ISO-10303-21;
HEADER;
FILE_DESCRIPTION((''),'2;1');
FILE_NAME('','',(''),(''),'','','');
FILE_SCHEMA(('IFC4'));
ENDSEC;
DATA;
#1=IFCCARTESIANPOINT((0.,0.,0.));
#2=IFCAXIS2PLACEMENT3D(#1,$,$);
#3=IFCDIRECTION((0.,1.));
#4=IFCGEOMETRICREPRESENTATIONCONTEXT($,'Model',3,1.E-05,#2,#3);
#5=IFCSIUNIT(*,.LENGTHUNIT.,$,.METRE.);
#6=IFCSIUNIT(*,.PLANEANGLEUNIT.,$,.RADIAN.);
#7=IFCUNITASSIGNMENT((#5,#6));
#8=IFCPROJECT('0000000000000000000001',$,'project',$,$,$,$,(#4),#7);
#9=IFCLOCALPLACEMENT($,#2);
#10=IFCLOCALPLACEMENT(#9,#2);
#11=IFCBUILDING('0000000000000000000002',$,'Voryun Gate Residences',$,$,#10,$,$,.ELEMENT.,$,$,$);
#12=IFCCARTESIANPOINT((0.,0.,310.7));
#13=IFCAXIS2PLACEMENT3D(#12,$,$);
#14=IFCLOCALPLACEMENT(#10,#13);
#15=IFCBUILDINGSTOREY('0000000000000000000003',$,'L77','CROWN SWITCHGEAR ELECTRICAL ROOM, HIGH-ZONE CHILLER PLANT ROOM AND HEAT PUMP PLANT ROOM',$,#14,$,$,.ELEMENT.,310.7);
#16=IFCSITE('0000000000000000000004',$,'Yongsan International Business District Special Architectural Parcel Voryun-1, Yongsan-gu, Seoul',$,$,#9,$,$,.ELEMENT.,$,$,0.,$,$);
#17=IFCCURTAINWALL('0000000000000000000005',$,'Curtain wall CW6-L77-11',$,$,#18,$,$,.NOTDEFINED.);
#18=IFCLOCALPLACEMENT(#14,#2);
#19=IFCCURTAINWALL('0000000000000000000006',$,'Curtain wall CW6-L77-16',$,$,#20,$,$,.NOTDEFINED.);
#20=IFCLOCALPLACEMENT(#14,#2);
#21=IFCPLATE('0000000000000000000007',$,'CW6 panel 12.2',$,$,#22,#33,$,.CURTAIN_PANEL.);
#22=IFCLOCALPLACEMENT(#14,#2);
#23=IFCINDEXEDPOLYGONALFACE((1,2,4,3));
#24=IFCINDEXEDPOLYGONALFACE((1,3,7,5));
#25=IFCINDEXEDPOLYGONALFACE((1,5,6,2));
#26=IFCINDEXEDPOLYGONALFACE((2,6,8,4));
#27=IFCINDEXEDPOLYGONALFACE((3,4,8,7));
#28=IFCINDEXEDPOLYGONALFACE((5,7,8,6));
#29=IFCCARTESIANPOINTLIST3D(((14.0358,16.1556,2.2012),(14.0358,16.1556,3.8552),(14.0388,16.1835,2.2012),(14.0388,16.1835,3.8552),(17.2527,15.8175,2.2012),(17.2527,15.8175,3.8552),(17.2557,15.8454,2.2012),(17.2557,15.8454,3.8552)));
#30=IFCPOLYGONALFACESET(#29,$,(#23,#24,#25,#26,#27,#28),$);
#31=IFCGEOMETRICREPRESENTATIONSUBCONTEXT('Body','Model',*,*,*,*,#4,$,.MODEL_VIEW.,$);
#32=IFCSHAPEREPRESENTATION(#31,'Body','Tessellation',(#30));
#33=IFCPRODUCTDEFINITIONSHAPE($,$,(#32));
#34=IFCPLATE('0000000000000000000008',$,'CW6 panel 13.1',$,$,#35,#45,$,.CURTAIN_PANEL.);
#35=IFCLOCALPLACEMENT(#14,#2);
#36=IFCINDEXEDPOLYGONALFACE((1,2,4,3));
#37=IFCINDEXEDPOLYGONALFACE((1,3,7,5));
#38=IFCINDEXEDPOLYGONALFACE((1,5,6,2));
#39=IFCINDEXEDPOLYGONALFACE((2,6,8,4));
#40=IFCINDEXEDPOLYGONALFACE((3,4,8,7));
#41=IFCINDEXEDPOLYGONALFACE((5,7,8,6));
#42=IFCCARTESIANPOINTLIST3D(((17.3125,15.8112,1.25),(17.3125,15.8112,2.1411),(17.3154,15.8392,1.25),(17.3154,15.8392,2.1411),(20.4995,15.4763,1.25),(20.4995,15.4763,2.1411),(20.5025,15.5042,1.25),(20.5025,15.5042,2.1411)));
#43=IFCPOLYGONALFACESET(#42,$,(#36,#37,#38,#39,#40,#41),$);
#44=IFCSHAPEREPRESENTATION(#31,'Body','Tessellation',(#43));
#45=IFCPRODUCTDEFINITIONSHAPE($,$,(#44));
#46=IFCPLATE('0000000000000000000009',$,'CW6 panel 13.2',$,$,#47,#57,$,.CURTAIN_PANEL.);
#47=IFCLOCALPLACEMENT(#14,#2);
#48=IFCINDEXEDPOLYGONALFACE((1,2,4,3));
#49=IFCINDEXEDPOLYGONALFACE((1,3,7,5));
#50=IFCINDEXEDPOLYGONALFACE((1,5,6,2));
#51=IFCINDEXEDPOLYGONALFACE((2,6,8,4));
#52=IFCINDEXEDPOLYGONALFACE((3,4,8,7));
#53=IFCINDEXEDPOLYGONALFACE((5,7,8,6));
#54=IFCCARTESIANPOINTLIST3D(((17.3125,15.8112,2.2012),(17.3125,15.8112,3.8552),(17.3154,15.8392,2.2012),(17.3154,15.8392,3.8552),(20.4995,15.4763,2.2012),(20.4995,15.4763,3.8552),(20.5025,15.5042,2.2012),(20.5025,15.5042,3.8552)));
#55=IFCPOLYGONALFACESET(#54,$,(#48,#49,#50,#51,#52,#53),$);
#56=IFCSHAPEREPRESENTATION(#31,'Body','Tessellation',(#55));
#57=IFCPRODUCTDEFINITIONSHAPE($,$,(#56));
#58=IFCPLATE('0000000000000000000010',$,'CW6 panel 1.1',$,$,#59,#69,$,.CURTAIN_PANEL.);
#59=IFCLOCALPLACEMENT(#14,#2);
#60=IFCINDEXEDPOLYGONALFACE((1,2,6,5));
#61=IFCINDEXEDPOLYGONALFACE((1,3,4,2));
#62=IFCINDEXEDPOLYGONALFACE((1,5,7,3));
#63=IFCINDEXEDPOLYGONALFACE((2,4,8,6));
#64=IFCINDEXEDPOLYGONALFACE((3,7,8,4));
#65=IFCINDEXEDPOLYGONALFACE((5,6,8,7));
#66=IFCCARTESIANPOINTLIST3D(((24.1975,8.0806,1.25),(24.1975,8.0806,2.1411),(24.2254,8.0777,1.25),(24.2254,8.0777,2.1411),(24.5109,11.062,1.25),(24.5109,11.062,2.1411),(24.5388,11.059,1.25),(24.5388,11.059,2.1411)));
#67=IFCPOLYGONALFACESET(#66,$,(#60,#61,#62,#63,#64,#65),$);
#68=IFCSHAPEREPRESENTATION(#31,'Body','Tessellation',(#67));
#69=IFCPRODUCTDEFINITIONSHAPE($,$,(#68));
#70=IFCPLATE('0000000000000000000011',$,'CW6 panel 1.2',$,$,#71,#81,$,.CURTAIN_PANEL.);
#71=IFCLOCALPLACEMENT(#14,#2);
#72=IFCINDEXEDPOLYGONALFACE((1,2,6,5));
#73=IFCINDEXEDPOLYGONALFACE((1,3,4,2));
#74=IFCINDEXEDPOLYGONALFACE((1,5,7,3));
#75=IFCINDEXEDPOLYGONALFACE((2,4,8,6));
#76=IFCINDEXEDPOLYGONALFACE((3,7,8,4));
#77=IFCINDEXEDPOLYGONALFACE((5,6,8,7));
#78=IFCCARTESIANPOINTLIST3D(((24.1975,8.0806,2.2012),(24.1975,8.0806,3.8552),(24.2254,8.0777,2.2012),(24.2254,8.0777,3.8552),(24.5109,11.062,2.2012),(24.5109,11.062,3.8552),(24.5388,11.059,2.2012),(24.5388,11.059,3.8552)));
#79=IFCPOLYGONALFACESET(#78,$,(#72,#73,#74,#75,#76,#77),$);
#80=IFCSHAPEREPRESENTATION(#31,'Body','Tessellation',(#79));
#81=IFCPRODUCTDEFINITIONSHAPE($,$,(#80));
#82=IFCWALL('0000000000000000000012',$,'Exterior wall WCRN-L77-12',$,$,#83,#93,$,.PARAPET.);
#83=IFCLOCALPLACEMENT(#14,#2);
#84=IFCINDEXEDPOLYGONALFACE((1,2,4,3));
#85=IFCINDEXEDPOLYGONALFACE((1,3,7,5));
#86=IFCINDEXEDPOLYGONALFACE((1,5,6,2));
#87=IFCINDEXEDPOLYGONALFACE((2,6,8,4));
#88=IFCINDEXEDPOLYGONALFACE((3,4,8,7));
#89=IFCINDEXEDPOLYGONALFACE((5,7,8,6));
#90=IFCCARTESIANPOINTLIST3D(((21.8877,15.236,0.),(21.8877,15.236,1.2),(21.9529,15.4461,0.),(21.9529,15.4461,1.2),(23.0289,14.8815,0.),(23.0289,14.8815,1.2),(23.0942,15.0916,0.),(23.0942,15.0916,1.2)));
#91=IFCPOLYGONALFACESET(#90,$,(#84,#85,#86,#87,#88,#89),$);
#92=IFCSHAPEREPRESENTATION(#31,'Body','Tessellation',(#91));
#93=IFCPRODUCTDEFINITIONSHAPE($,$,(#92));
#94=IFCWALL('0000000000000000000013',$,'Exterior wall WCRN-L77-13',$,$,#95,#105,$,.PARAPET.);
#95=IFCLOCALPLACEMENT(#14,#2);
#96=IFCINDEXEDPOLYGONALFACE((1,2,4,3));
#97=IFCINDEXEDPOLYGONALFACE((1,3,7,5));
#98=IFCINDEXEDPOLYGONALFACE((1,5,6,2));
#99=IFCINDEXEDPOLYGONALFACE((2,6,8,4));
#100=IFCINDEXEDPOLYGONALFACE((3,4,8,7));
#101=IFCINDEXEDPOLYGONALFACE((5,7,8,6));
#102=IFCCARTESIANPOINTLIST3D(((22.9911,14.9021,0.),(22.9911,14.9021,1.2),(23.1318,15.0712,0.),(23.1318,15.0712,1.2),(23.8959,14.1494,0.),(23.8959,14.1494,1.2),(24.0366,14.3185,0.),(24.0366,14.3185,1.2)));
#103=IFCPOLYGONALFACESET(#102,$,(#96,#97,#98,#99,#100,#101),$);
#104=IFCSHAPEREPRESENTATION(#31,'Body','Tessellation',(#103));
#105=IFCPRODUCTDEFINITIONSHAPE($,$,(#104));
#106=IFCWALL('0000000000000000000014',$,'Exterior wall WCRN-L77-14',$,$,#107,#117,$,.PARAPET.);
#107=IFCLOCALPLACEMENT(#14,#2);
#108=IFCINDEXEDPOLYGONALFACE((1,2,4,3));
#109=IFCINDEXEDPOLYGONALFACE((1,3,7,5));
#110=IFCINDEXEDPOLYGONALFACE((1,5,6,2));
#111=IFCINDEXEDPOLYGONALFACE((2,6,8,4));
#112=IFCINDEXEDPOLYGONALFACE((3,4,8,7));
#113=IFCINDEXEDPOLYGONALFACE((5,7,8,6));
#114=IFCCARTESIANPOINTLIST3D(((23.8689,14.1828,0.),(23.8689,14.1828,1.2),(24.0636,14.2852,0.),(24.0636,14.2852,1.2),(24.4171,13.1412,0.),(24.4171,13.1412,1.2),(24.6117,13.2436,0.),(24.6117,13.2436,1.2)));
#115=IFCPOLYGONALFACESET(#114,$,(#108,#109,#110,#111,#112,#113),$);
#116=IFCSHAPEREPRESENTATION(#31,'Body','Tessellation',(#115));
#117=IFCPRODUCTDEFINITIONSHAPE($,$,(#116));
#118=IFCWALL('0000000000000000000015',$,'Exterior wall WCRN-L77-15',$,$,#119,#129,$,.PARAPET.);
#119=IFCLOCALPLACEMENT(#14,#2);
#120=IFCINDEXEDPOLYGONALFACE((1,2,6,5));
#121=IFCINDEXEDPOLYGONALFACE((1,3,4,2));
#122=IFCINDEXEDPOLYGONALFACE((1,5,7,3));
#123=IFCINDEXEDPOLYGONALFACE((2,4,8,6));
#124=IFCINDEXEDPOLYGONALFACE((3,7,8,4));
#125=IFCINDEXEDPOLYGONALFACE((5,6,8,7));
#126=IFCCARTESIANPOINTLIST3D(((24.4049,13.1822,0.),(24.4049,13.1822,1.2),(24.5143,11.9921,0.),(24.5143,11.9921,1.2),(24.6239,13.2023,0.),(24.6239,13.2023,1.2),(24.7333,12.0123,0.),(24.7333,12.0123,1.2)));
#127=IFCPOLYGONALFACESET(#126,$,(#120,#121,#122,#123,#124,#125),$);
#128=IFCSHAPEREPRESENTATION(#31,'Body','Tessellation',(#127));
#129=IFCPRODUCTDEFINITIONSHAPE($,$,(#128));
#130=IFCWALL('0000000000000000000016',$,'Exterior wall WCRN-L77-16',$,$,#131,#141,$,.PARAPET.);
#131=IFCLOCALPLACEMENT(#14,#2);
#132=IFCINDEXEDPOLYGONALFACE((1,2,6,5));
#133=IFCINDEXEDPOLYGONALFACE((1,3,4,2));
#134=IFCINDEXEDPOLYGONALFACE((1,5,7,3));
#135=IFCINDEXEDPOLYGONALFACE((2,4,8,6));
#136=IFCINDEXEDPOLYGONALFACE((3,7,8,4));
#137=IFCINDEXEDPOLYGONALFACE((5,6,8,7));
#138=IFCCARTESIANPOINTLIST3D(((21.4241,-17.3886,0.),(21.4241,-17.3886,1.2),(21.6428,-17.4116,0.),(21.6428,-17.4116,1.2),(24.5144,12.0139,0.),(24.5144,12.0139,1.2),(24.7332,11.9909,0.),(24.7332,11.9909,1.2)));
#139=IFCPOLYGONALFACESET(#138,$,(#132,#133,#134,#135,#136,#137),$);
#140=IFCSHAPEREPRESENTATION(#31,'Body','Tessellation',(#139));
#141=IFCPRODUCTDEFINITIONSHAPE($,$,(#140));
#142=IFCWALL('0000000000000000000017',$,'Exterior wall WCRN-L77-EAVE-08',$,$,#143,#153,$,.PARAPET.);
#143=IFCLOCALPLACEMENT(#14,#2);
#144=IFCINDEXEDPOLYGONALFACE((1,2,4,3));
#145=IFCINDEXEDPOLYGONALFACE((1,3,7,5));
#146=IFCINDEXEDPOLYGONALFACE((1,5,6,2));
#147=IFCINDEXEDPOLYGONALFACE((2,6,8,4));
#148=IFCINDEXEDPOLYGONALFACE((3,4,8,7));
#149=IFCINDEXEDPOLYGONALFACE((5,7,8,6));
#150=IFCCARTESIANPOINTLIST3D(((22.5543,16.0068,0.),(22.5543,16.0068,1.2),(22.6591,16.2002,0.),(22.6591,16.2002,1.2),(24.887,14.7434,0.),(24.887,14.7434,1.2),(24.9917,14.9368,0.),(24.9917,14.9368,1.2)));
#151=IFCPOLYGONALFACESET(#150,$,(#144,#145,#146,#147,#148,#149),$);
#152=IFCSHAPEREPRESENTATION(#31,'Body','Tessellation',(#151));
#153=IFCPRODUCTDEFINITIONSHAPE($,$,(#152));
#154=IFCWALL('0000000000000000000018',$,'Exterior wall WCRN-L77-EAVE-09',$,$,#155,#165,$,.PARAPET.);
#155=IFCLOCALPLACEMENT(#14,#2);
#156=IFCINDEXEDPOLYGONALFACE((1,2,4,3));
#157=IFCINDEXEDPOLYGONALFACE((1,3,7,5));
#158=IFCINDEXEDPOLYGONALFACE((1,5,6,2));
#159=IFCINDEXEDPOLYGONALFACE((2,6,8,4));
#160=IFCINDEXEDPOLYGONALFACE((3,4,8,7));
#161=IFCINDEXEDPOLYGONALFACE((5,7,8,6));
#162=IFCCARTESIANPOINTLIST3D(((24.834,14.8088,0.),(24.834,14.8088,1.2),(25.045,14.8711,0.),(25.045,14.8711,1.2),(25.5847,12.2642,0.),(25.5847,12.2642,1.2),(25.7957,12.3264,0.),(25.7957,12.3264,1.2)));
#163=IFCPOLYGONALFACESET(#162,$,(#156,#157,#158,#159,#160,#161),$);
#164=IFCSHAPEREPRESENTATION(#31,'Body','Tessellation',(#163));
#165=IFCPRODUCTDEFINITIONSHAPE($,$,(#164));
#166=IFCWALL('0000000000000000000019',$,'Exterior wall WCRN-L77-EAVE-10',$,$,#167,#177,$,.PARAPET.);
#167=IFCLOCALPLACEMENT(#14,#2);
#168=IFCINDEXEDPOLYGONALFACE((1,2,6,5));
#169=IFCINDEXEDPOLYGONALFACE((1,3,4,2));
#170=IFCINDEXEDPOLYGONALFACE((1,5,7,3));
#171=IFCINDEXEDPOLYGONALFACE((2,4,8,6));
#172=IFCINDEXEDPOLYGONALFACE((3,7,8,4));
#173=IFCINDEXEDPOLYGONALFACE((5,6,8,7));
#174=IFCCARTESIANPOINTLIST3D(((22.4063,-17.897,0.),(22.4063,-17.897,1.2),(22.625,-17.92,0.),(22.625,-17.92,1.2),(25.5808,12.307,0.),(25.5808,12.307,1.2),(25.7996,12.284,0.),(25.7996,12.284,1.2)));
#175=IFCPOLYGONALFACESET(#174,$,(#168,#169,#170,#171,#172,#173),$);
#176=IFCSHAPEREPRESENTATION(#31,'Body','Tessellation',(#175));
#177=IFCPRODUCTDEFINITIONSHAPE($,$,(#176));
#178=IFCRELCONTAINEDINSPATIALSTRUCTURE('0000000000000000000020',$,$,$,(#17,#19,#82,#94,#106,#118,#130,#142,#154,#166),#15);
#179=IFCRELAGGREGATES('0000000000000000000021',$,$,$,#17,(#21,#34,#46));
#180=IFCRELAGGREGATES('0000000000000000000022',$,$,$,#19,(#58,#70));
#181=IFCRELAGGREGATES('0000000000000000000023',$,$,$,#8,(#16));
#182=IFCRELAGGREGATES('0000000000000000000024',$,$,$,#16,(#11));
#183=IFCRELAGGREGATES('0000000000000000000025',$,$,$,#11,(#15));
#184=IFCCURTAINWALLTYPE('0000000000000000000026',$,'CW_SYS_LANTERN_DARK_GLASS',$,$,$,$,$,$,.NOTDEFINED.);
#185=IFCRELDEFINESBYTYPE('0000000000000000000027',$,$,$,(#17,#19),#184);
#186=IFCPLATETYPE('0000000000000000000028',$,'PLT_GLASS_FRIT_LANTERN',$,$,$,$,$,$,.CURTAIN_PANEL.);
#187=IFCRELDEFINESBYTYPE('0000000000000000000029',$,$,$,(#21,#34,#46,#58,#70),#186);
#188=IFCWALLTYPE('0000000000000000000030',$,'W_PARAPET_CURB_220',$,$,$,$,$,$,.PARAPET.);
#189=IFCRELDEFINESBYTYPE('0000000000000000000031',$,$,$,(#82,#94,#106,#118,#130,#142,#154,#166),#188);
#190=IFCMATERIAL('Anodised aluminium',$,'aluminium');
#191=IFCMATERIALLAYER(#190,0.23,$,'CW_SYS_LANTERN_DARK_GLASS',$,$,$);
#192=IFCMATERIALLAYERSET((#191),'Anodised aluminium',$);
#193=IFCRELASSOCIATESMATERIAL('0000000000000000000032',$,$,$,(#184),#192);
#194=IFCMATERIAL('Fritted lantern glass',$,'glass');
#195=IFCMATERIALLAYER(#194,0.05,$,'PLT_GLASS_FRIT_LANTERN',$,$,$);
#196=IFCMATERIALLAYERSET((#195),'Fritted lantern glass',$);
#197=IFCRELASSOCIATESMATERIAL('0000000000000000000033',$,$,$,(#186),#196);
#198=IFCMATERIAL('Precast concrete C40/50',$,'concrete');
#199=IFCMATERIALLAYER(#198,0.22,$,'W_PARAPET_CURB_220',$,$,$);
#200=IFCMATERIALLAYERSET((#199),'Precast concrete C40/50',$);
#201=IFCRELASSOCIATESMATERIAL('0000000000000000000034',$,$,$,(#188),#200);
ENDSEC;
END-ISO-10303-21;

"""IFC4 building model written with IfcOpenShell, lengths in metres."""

from ifc_helpers import new_model, si_unit, direction, frame, frame_2d, origin, origin_2d, place, context, subcontext, project, spatial, rectangle, extrude, material, layer, layer_set, type_object, element, aggregate, save


model = new_model("IFC4")

# Units and contexts
model_context = context("Model", 3, precision=1e-05, world=origin(), true_north=direction((0.0, 1.0)))
body_context = subcontext(model_context, "Body", "Model", "MODEL_VIEW")
ifc_project = project(units=[si_unit("LENGTHUNIT", "METRE"), si_unit("PLANEANGLEUNIT", "RADIAN")], contexts=[model_context])

# Site, building, storey
site_placement = place(None, origin())
site = spatial("IfcSite", under=ifc_project, at=site_placement, Name="Yongsan International Business District Special Architectural Parcel Voryun-1, Yongsan-gu, Seoul", CompositionType="ELEMENT", RefElevation=0.0)
building_placement = place(site_placement, origin())
building = spatial("IfcBuilding", under=site, at=building_placement, Name="Voryun Gate Residences", CompositionType="ELEMENT")
storey_placement = place(building_placement, frame((0.0, 0.0, 310.7)))
storey = spatial("IfcBuildingStorey", under=building, at=storey_placement, Name="L77", Description="CROWN SWITCHGEAR ELECTRICAL ROOM, HIGH-ZONE CHILLER PLANT ROOM AND HEAT PUMP PLANT ROOM", CompositionType="ELEMENT", Elevation=310.7)

# Curtain walls
ifc_material_1 = material(Name="Anodised aluminium", Category="aluminium")
ifc_layer_1 = layer(ifc_material_1, 0.23, Name="CW_SYS_LANTERN_DARK_GLASS")
ifc_layer_set_1 = layer_set([ifc_layer_1], Name="Anodised aluminium")
curtain_wall_type = type_object("IfcCurtainWallType", Name="CW_SYS_LANTERN_DARK_GLASS", PredefinedType="NOTDEFINED", material=ifc_layer_set_1)
curtain_wall_1_placement = place(storey_placement, origin())
curtain_wall_1 = element("IfcCurtainWall", 1, at=curtain_wall_1_placement, inside=storey, type_object=curtain_wall_type, Name="Curtain wall CW6-L77-11", PredefinedType="NOTDEFINED")
curtain_wall_2_placement = place(storey_placement, origin())
curtain_wall_2 = element("IfcCurtainWall", 2, at=curtain_wall_2_placement, inside=storey, type_object=curtain_wall_type, Name="Curtain wall CW6-L77-16", PredefinedType="NOTDEFINED")

# Plates
ifc_material_2 = material(Name="Fritted lantern glass", Category="glass")
ifc_layer_2 = layer(ifc_material_2, 0.05, Name="PLT_GLASS_FRIT_LANTERN")
ifc_layer_set_2 = layer_set([ifc_layer_2], Name="Fritted lantern glass")
plate_type_1 = type_object("IfcPlateType", Name="PLT_GLASS_FRIT_LANTERN", PredefinedType="CURTAIN_PANEL", material=ifc_layer_set_2)
plate_1_placement = place(storey_placement, frame((15.6458, 16.0005, 2.2012), z_axis=(0.0, 0.0, 1.0), x_axis=(0.994522, -0.104528, 0.0)))
plate_1 = element("IfcPlate", 3, at=plate_1_placement, type_object=plate_type_1, Name="CW6 panel 12.2", PredefinedType="CURTAIN_PANEL", context=body_context, shape_type="SweptSolid", body=[
    extrude(rectangle(XDim=3.2346, YDim=0.0281, at=origin_2d()), origin(), (0.0, 0.0, 1.0), 1.6541),
])
plate_2_placement = place(storey_placement, frame((18.9075, 15.6577, 1.25), z_axis=(0.0, 0.0, 1.0), x_axis=(0.994522, -0.104528, 0.0)))
plate_2 = element("IfcPlate", 4, at=plate_2_placement, type_object=plate_type_1, Name="CW6 panel 13.1", PredefinedType="CURTAIN_PANEL", context=body_context, shape_type="SweptSolid", body=[
    extrude(rectangle(XDim=3.2046, YDim=0.0281, at=origin_2d()), origin(), (0.0, 0.0, 1.0), 0.8911),
])
plate_3_placement = place(storey_placement, frame((18.9075, 15.6577, 2.2012), z_axis=(0.0, 0.0, 1.0), x_axis=(0.994522, -0.104528, 0.0)))
plate_3 = element("IfcPlate", 5, at=plate_3_placement, type_object=plate_type_1, Name="CW6 panel 13.2", PredefinedType="CURTAIN_PANEL", context=body_context, shape_type="SweptSolid", body=[
    extrude(rectangle(XDim=3.2046, YDim=0.0281, at=origin_2d()), origin(), (0.0, 0.0, 1.0), 1.6541),
])
aggregate(curtain_wall_1, [plate_1, plate_2, plate_3])
plate_4_placement = place(storey_placement, frame((24.3682, 9.5698, 1.25), z_axis=(0.0, 0.0, 1.0), x_axis=(-0.104528, -0.994522, 0.0)))
plate_4 = element("IfcPlate", 6, at=plate_4_placement, type_object=plate_type_1, Name="CW6 panel 1.1", PredefinedType="CURTAIN_PANEL", context=body_context, shape_type="SweptSolid", body=[
    extrude(rectangle(XDim=2.9978, YDim=0.0281, at=origin_2d()), origin(), (0.0, 0.0, 1.0), 0.8911),
])
plate_5_placement = place(storey_placement, frame((24.3682, 9.5698, 2.2012), z_axis=(0.0, 0.0, 1.0), x_axis=(-0.104528, -0.994522, 0.0)))
plate_5 = element("IfcPlate", 7, at=plate_5_placement, type_object=plate_type_1, Name="CW6 panel 1.2", PredefinedType="CURTAIN_PANEL", context=body_context, shape_type="SweptSolid", body=[
    extrude(rectangle(XDim=2.9978, YDim=0.0281, at=origin_2d()), origin(), (0.0, 0.0, 1.0), 1.6541),
])
aggregate(curtain_wall_2, [plate_4, plate_5])

# Walls
ifc_material_3 = material(Name="Precast concrete C40/50", Category="concrete")
ifc_layer_3 = layer(ifc_material_3, 0.22, Name="W_PARAPET_CURB_220")
ifc_layer_set_3 = layer_set([ifc_layer_3], Name="Precast concrete C40/50")
wall_type = type_object("IfcWallType", Name="W_PARAPET_CURB_220", PredefinedType="PARAPET", material=ifc_layer_set_3)
wall_1_placement = place(storey_placement, frame((21.9202, 15.3411, 0.0), z_axis=(0.0, 0.0, 1.0), x_axis=(0.954998, -0.296611, 0.0)))
element("IfcWall", 8, at=wall_1_placement, inside=storey, type_object=wall_type, Name="Exterior wall WCRN-L77-12", PredefinedType="PARAPET", context=body_context, shape_type="SweptSolid", body=[
    extrude(rectangle(XDim=1.1951, YDim=0.22, at=frame_2d((0.5977, 0.0))), origin(), (0.0, 0.0, 1.0), 1.2),
])
for number, where, z_axis, x_axis, name in (
    (9, (23.0615, 14.9866, 0.0), (0.0, 0.0, 1.0), (0.768765, -0.639531, 0.0), "Exterior wall WCRN-L77-13"),
    (10, (23.9663, 14.2339, 0.0), (0.0, 0.0, 1.0), (0.465704, -0.884941, 0.0), "Exterior wall WCRN-L77-14"),
):
    element("IfcWall", number, at=place(storey_placement, frame(where, z_axis=z_axis, x_axis=x_axis)), inside=storey, type_object=wall_type, Name=name, PredefinedType="PARAPET", context=body_context, shape_type="SweptSolid", body=[
        extrude(rectangle(XDim=1.177, YDim=0.22, at=frame_2d((0.5884, 0.0))), origin(), (0.0, 0.0, 1.0), 1.2),
    ])
wall_2_placement = place(storey_placement, frame((24.5144, 13.1924, 0.0), z_axis=(0.0, 0.0, 1.0), x_axis=(0.09153, -0.995802, 0.0)))
element("IfcWall", 11, at=wall_2_placement, inside=storey, type_object=wall_type, Name="Exterior wall WCRN-L77-15", PredefinedType="PARAPET", context=body_context, shape_type="SweptSolid", body=[
    extrude(rectangle(XDim=1.1951, YDim=0.22, at=frame_2d((0.5977, 0.0))), origin(), (0.0, 0.0, 1.0), 1.2),
])
wall_3_placement = place(storey_placement, frame((24.6238, 12.0024, 0.0), z_axis=(0.0, 0.0, 1.0), x_axis=(-0.104528, -0.994522, 0.0)))
element("IfcWall", 12, at=wall_3_placement, inside=storey, type_object=wall_type, Name="Exterior wall WCRN-L77-16", PredefinedType="PARAPET", context=body_context, shape_type="SweptSolid", body=[
    extrude(rectangle(XDim=29.5645, YDim=0.22, at=frame_2d((14.7822, 0.0))), origin(), (0.0, 0.0, 1.0), 1.2),
])
wall_4_placement = place(storey_placement, frame((22.6067, 16.1035, 0.0), z_axis=(0.0, 0.0, 1.0), x_axis=(0.879316, -0.476239, 0.0)))
element("IfcWall", 13, at=wall_4_placement, inside=storey, type_object=wall_type, Name="Exterior wall WCRN-L77-EAVE-08", PredefinedType="PARAPET", context=body_context, shape_type="SweptSolid", body=[
    extrude(rectangle(XDim=2.6528, YDim=0.22, at=frame_2d((1.3264, 0.0))), origin(), (0.0, 0.0, 1.0), 1.2),
])
wall_5_placement = place(storey_placement, frame((24.9395, 14.8401, 0.0), z_axis=(0.0, 0.0, 1.0), x_axis=(0.282963, -0.959131, 0.0)))
element("IfcWall", 14, at=wall_5_placement, inside=storey, type_object=wall_type, Name="Exterior wall WCRN-L77-EAVE-09", PredefinedType="PARAPET", context=body_context, shape_type="SweptSolid", body=[
    extrude(rectangle(XDim=2.6531, YDim=0.22, at=frame_2d((1.3267, 0.0))), origin(), (0.0, 0.0, 1.0), 1.2),
])
wall_6_placement = place(storey_placement, frame((25.6902, 12.2954, 0.0), z_axis=(0.0, 0.0, 1.0), x_axis=(-0.104528, -0.994522, 0.0)))
element("IfcWall", 15, at=wall_6_placement, inside=storey, type_object=wall_type, Name="Exterior wall WCRN-L77-EAVE-10", PredefinedType="PARAPET", context=body_context, shape_type="SweptSolid", body=[
    extrude(rectangle(XDim=30.3704, YDim=0.22, at=frame_2d((15.1851, 0.0))), origin(), (0.0, 0.0, 1.0), 1.2),
])

save(model, "model.ifc")
